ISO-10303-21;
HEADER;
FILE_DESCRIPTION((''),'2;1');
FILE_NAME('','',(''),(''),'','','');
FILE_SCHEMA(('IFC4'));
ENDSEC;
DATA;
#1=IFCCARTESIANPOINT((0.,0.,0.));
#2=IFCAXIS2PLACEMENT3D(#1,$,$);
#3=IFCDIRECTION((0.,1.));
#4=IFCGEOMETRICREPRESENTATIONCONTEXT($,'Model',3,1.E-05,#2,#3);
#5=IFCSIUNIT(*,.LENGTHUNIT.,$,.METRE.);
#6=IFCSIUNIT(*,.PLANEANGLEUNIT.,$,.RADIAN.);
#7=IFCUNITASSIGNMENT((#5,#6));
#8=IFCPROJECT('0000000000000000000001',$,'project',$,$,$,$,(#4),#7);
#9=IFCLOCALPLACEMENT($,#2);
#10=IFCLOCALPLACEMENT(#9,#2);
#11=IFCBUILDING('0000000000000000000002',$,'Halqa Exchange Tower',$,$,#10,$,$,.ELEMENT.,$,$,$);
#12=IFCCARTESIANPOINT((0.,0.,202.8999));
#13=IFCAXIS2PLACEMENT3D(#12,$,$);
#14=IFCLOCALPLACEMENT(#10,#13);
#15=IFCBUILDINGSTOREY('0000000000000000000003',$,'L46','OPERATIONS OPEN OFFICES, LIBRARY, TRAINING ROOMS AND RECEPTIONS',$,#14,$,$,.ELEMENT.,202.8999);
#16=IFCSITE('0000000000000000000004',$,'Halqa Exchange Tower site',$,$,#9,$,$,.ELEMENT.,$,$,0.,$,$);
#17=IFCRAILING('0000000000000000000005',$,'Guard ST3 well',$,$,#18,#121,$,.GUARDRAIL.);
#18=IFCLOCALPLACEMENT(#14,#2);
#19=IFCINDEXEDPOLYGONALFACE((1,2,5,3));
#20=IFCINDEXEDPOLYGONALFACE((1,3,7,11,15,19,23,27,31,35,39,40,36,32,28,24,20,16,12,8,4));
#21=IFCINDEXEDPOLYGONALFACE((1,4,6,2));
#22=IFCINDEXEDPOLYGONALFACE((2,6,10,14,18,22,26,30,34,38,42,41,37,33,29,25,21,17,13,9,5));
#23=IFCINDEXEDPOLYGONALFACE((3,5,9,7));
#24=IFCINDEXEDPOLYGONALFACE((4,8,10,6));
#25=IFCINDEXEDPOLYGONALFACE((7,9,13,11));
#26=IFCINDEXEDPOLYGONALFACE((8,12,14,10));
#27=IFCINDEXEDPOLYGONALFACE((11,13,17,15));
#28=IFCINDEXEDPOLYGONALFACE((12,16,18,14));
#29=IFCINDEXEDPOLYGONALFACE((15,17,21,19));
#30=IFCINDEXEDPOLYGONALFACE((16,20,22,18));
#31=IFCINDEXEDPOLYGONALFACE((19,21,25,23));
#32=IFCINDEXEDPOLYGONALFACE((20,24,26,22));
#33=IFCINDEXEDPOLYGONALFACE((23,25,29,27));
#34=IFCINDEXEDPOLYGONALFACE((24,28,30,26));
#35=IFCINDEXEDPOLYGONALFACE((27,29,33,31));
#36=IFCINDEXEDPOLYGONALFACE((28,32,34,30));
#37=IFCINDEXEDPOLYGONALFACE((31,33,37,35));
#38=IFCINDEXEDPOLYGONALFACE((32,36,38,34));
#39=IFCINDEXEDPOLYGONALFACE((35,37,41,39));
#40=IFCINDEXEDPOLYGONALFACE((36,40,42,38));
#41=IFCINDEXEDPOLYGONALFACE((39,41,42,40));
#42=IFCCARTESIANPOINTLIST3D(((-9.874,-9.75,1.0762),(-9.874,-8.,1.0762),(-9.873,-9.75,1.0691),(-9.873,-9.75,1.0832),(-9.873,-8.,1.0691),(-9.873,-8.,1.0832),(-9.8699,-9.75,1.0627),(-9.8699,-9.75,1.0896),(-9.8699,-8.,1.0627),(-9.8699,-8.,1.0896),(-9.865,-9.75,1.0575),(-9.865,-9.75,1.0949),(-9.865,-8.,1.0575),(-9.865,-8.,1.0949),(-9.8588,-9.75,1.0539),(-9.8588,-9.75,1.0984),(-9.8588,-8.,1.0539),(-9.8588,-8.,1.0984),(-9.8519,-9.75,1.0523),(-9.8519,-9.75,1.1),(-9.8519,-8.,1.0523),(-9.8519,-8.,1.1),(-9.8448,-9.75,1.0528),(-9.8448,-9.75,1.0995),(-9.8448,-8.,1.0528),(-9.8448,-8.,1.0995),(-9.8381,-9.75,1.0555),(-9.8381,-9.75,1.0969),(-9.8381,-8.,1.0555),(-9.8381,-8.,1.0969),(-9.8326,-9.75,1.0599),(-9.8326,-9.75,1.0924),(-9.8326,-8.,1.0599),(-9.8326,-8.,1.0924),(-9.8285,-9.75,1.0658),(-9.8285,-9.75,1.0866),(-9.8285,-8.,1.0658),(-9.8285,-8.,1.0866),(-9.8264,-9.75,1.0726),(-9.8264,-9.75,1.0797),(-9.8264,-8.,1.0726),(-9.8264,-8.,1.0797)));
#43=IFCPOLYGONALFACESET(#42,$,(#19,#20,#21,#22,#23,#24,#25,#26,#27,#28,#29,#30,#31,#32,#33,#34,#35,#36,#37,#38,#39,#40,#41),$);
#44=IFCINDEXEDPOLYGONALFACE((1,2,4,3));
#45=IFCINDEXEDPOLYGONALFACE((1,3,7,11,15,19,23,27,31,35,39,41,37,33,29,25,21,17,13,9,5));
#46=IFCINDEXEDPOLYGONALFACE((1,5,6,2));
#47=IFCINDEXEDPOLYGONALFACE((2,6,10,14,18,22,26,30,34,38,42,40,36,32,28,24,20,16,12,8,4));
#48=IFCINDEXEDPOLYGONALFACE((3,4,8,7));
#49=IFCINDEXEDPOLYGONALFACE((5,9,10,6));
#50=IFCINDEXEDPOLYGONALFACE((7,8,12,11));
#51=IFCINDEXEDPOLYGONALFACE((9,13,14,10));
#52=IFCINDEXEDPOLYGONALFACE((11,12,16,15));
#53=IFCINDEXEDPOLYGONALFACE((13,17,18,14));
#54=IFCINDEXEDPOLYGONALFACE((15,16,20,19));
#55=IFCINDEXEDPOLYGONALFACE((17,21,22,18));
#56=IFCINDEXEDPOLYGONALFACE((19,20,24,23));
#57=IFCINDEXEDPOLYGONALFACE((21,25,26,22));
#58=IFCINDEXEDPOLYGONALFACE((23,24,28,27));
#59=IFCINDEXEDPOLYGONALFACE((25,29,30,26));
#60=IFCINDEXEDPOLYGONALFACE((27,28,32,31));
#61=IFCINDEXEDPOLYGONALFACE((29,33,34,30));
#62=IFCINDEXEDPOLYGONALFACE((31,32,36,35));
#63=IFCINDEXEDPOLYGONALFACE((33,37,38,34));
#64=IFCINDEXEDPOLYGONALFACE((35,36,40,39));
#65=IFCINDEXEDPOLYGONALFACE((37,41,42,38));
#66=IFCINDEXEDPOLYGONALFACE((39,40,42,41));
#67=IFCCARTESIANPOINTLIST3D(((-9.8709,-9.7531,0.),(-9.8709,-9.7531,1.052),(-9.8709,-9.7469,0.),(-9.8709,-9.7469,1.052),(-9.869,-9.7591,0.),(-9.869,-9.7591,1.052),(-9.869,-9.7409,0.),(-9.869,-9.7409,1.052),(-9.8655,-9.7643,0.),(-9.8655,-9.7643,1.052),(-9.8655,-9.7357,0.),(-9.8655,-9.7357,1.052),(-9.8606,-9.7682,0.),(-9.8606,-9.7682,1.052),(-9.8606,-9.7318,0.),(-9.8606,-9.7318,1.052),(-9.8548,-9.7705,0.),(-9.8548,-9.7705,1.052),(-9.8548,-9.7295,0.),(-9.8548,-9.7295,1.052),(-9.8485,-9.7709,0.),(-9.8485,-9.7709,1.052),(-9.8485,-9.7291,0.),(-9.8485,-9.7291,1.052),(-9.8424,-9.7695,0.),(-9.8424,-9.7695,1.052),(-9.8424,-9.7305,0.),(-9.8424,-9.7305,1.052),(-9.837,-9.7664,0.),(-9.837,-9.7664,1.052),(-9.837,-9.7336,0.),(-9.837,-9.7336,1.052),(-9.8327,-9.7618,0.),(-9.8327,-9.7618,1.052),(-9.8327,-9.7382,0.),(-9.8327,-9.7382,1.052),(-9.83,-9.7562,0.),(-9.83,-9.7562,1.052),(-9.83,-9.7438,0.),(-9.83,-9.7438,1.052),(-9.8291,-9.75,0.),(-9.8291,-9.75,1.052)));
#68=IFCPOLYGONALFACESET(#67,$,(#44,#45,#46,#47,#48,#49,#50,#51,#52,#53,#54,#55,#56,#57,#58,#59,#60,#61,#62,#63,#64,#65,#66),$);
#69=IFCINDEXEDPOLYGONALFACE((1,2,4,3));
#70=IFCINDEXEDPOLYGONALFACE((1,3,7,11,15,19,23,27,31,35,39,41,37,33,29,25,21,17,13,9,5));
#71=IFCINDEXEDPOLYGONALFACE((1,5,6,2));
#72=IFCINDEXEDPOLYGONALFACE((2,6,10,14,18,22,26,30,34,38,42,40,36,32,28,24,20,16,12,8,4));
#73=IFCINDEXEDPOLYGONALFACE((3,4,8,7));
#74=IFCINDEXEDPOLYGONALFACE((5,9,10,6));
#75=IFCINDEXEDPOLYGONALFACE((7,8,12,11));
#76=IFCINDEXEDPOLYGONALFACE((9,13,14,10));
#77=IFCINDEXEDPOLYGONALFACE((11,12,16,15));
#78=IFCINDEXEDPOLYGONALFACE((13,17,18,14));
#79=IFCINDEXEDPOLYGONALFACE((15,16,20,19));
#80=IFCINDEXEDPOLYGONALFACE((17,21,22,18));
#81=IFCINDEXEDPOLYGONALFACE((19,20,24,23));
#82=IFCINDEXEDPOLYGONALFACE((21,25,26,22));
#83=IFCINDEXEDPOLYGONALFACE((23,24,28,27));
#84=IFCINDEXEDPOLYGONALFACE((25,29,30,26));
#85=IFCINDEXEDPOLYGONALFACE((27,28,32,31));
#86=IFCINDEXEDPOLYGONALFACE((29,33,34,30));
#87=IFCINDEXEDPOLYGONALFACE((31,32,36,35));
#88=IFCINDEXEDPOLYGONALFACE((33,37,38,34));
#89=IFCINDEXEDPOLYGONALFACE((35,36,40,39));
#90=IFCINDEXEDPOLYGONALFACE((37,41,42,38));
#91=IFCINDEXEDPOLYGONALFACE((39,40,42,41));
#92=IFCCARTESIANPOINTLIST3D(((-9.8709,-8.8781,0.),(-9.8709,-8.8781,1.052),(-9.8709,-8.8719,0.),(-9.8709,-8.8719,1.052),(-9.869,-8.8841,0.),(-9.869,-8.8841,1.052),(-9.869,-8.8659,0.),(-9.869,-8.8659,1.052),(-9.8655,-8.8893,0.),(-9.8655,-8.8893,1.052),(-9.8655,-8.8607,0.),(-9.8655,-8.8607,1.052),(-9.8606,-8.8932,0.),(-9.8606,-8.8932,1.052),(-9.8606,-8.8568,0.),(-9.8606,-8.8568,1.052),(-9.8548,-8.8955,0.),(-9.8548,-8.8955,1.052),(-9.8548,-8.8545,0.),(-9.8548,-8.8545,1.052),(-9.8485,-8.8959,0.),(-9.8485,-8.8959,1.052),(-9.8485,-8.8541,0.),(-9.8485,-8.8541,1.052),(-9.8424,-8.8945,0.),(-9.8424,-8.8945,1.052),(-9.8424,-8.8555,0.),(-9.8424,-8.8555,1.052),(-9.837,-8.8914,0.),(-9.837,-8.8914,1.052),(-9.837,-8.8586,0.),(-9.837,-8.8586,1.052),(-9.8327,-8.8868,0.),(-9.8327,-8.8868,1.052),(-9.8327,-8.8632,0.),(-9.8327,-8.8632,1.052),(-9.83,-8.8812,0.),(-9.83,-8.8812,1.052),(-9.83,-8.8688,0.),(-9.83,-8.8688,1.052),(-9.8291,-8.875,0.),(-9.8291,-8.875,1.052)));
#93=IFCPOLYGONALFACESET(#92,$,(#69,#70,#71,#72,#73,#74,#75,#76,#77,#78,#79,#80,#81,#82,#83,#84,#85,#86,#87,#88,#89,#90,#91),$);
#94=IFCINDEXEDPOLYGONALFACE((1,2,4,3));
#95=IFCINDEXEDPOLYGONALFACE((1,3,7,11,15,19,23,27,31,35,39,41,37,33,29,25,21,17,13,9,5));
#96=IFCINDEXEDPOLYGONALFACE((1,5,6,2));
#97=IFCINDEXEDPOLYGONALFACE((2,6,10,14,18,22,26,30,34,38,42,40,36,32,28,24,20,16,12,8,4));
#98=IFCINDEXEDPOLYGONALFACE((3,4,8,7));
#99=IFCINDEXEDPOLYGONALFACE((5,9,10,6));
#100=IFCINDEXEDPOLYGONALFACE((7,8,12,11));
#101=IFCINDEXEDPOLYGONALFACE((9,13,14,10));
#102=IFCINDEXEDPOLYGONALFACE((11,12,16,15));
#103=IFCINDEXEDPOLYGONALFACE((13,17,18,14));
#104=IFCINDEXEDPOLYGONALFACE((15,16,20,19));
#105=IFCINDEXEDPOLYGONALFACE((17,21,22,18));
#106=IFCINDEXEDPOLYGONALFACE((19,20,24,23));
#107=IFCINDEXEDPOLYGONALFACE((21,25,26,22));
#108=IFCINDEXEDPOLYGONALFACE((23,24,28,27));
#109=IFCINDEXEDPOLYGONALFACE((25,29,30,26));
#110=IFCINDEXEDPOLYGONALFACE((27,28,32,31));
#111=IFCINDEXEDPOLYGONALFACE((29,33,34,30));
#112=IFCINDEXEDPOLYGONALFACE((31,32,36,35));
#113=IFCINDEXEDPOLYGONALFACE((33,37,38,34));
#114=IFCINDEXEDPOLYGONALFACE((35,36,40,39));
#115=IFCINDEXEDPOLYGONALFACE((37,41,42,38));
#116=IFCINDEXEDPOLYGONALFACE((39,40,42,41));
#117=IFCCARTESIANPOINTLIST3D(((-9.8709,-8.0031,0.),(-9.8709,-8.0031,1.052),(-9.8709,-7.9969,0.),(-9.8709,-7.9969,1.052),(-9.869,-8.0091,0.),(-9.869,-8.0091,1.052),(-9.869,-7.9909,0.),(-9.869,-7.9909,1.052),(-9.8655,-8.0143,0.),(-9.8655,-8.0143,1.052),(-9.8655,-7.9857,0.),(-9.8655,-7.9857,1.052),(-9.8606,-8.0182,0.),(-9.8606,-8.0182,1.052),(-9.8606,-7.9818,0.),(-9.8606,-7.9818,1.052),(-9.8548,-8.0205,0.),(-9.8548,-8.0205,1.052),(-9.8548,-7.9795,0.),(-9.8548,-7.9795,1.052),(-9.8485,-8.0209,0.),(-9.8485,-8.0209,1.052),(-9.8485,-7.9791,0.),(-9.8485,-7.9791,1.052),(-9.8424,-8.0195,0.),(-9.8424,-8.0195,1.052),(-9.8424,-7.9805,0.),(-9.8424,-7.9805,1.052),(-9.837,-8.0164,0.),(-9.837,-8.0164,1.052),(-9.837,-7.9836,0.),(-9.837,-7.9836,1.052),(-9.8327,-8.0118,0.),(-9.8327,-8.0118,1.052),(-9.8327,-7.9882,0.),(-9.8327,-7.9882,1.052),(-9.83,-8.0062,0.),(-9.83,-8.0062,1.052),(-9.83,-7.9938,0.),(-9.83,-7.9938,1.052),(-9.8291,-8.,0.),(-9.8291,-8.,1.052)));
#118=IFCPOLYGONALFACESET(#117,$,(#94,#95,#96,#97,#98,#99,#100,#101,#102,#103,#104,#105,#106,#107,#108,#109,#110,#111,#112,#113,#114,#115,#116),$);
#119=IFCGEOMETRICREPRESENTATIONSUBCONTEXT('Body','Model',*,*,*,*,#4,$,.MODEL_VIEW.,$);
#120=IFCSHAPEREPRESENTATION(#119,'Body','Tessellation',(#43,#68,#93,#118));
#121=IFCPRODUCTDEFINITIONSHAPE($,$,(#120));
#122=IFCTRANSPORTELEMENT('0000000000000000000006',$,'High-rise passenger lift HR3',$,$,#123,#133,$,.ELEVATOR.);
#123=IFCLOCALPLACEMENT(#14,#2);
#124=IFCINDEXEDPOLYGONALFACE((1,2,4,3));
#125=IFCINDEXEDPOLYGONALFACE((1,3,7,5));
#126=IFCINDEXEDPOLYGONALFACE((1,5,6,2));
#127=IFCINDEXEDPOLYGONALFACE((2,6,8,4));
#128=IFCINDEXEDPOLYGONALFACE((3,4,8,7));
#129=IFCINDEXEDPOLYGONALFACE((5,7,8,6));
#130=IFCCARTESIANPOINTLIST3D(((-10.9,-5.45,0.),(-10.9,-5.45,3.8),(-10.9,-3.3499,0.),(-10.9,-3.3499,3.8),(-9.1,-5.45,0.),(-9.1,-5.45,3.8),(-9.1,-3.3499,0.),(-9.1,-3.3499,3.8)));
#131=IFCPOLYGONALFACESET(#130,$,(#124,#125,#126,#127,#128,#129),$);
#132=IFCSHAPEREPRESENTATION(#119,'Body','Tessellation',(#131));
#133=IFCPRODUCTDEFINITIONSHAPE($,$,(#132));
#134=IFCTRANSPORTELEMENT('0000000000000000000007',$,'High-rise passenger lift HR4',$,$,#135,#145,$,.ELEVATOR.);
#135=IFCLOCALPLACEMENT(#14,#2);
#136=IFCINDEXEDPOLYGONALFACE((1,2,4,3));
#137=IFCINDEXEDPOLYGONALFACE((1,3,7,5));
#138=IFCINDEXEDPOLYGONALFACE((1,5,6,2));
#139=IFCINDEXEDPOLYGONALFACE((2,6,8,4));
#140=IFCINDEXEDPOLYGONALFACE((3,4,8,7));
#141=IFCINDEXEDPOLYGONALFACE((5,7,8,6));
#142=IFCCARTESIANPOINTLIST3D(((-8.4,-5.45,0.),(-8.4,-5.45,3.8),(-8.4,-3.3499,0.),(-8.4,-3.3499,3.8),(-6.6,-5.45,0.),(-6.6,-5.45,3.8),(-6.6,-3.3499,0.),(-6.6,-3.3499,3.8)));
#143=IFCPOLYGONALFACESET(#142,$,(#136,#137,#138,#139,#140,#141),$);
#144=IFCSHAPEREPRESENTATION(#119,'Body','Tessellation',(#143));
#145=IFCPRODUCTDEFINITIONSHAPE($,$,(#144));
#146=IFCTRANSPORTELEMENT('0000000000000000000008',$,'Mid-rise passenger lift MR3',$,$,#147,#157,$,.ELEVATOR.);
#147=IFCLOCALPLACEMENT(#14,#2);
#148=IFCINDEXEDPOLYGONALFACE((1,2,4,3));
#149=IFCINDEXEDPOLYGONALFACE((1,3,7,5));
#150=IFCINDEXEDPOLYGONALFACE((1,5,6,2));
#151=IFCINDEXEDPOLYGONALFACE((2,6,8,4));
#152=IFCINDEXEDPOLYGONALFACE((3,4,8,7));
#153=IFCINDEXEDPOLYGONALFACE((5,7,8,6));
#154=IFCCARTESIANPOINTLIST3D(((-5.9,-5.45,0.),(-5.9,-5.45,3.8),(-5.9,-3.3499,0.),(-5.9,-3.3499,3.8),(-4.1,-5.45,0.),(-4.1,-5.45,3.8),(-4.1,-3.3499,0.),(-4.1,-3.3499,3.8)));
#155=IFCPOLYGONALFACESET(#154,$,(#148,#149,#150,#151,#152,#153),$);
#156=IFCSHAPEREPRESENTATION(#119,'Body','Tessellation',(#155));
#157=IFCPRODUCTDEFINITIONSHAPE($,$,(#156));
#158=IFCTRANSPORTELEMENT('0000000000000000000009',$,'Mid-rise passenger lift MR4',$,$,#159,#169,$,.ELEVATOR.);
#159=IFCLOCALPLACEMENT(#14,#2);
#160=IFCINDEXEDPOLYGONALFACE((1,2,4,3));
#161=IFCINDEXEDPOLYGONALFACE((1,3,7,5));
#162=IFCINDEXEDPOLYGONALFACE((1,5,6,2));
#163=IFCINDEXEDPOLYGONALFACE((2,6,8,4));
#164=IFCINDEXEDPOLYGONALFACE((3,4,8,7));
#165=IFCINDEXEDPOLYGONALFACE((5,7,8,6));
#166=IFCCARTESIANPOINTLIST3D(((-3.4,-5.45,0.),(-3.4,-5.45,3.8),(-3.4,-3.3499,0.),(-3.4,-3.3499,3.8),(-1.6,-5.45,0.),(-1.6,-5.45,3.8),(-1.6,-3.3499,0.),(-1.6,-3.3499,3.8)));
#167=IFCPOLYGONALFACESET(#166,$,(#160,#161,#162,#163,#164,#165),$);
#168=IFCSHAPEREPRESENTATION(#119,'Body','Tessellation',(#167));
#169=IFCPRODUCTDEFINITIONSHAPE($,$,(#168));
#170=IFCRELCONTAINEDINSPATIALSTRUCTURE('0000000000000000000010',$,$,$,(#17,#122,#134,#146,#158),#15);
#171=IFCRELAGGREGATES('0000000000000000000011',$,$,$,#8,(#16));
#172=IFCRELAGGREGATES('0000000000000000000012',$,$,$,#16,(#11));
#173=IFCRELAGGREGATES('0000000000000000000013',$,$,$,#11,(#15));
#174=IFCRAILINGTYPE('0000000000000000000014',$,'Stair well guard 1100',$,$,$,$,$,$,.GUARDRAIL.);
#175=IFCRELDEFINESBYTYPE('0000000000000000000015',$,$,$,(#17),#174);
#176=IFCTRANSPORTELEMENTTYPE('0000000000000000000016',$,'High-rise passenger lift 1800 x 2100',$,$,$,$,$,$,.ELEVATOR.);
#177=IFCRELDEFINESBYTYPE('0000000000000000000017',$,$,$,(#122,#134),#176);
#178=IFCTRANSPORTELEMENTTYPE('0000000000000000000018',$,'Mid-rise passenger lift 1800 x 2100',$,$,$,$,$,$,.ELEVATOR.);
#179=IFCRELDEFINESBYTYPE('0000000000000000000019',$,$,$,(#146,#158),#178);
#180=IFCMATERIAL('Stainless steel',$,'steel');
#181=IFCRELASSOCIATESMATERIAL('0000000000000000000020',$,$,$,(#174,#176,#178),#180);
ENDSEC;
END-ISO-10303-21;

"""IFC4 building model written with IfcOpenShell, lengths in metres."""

from ifc_helpers import new_model, si_unit, direction, frame, origin, origin_2d, place, context, subcontext, project, spatial, rectangle, circle, extrude, material, type_object, element, save


model = new_model("IFC4")

# Units and contexts
model_context = context("Model", 3, precision=1e-05, world=origin(), true_north=direction((0.0, 1.0)))
body_context = subcontext(model_context, "Body", "Model", "MODEL_VIEW")
ifc_project = project(units=[si_unit("LENGTHUNIT", "METRE"), si_unit("PLANEANGLEUNIT", "RADIAN")], contexts=[model_context])

# Site, building, storey
site_placement = place(None, origin())
site = spatial("IfcSite", under=ifc_project, at=site_placement, Name="Halqa Exchange Tower site", CompositionType="ELEMENT", RefElevation=0.0)
building_placement = place(site_placement, origin())
building = spatial("IfcBuilding", under=site, at=building_placement, Name="Halqa Exchange Tower", CompositionType="ELEMENT")
storey_placement = place(building_placement, frame((0.0, 0.0, 202.8999)))
storey = spatial("IfcBuildingStorey", under=building, at=storey_placement, Name="L46", Description="OPERATIONS OPEN OFFICES, LIBRARY, TRAINING ROOMS AND RECEPTIONS", CompositionType="ELEMENT", Elevation=202.8999)

# Shared definitions
ifc_material_1 = material(Name="Stainless steel", Category="steel")

# Railing
railing_type_1 = type_object("IfcRailingType", Name="Stair well guard 1100", PredefinedType="GUARDRAIL", material=ifc_material_1)
railing_1_placement = place(storey_placement, frame((-9.8501, -9.75, 0.0)))
element("IfcRailing", 1, at=railing_1_placement, inside=storey, type_object=railing_type_1, Name="Guard ST3 well", PredefinedType="GUARDRAIL", context=body_context, shape_type="SweptSolid", body=[
    extrude(circle(Radius=0.0239, at=origin_2d()), frame((0.0, 0.0, 1.0762), z_axis=(0.0, 1.0, 0.0), x_axis=(-1.0, 0.0, 0.0)), (0.0, 0.0, 1.0), 1.75),
    extrude(circle(Radius=0.021, at=origin_2d()), origin(), (0.0, 0.0, 1.0), 1.052),
    extrude(circle(Radius=0.021, at=origin_2d()), frame((0.0, 0.875, 0.0)), (0.0, 0.0, 1.0), 1.052),
    extrude(circle(Radius=0.021, at=origin_2d()), frame((0.0, 1.75, 0.0)), (0.0, 0.0, 1.0), 1.052),
])

# Transport elements
transport_element_type_1 = type_object("IfcTransportElementType", Name="High-rise passenger lift 1800 x 2100", PredefinedType="ELEVATOR", material=ifc_material_1)
for number, where, z_axis, x_axis, name in (
    (2, (-10.0, -4.3999, 0.0), (0.0, 0.0, 1.0), (1.0, 0.0, 0.0), "High-rise passenger lift HR3"),
    (3, (-7.5, -4.3999, 0.0), (0.0, 0.0, 1.0), (1.0, 0.0, 0.0), "High-rise passenger lift HR4"),
):
    element("IfcTransportElement", number, at=place(storey_placement, frame(where, z_axis=z_axis, x_axis=x_axis)), inside=storey, type_object=transport_element_type_1, Name=name, PredefinedType="ELEVATOR", context=body_context, shape_type="SweptSolid", body=[
        extrude(rectangle(XDim=1.8, YDim=2.1001, at=origin_2d()), origin(), (0.0, 0.0, 1.0), 3.8),
    ])
transport_element_type_2 = type_object("IfcTransportElementType", Name="Mid-rise passenger lift 1800 x 2100", PredefinedType="ELEVATOR", material=ifc_material_1)
for number, where, z_axis, x_axis, name in (
    (4, (-5.0, -4.3999, 0.0), (0.0, 0.0, 1.0), (1.0, 0.0, 0.0), "Mid-rise passenger lift MR3"),
    (5, (-2.5, -4.3999, 0.0), (0.0, 0.0, 1.0), (1.0, 0.0, 0.0), "Mid-rise passenger lift MR4"),
):
    element("IfcTransportElement", number, at=place(storey_placement, frame(where, z_axis=z_axis, x_axis=x_axis)), inside=storey, type_object=transport_element_type_2, Name=name, PredefinedType="ELEVATOR", context=body_context, shape_type="SweptSolid", body=[
        extrude(rectangle(XDim=1.8, YDim=2.1001, at=origin_2d()), origin(), (0.0, 0.0, 1.0), 3.8),
    ])

save(model, "model.ifc")
